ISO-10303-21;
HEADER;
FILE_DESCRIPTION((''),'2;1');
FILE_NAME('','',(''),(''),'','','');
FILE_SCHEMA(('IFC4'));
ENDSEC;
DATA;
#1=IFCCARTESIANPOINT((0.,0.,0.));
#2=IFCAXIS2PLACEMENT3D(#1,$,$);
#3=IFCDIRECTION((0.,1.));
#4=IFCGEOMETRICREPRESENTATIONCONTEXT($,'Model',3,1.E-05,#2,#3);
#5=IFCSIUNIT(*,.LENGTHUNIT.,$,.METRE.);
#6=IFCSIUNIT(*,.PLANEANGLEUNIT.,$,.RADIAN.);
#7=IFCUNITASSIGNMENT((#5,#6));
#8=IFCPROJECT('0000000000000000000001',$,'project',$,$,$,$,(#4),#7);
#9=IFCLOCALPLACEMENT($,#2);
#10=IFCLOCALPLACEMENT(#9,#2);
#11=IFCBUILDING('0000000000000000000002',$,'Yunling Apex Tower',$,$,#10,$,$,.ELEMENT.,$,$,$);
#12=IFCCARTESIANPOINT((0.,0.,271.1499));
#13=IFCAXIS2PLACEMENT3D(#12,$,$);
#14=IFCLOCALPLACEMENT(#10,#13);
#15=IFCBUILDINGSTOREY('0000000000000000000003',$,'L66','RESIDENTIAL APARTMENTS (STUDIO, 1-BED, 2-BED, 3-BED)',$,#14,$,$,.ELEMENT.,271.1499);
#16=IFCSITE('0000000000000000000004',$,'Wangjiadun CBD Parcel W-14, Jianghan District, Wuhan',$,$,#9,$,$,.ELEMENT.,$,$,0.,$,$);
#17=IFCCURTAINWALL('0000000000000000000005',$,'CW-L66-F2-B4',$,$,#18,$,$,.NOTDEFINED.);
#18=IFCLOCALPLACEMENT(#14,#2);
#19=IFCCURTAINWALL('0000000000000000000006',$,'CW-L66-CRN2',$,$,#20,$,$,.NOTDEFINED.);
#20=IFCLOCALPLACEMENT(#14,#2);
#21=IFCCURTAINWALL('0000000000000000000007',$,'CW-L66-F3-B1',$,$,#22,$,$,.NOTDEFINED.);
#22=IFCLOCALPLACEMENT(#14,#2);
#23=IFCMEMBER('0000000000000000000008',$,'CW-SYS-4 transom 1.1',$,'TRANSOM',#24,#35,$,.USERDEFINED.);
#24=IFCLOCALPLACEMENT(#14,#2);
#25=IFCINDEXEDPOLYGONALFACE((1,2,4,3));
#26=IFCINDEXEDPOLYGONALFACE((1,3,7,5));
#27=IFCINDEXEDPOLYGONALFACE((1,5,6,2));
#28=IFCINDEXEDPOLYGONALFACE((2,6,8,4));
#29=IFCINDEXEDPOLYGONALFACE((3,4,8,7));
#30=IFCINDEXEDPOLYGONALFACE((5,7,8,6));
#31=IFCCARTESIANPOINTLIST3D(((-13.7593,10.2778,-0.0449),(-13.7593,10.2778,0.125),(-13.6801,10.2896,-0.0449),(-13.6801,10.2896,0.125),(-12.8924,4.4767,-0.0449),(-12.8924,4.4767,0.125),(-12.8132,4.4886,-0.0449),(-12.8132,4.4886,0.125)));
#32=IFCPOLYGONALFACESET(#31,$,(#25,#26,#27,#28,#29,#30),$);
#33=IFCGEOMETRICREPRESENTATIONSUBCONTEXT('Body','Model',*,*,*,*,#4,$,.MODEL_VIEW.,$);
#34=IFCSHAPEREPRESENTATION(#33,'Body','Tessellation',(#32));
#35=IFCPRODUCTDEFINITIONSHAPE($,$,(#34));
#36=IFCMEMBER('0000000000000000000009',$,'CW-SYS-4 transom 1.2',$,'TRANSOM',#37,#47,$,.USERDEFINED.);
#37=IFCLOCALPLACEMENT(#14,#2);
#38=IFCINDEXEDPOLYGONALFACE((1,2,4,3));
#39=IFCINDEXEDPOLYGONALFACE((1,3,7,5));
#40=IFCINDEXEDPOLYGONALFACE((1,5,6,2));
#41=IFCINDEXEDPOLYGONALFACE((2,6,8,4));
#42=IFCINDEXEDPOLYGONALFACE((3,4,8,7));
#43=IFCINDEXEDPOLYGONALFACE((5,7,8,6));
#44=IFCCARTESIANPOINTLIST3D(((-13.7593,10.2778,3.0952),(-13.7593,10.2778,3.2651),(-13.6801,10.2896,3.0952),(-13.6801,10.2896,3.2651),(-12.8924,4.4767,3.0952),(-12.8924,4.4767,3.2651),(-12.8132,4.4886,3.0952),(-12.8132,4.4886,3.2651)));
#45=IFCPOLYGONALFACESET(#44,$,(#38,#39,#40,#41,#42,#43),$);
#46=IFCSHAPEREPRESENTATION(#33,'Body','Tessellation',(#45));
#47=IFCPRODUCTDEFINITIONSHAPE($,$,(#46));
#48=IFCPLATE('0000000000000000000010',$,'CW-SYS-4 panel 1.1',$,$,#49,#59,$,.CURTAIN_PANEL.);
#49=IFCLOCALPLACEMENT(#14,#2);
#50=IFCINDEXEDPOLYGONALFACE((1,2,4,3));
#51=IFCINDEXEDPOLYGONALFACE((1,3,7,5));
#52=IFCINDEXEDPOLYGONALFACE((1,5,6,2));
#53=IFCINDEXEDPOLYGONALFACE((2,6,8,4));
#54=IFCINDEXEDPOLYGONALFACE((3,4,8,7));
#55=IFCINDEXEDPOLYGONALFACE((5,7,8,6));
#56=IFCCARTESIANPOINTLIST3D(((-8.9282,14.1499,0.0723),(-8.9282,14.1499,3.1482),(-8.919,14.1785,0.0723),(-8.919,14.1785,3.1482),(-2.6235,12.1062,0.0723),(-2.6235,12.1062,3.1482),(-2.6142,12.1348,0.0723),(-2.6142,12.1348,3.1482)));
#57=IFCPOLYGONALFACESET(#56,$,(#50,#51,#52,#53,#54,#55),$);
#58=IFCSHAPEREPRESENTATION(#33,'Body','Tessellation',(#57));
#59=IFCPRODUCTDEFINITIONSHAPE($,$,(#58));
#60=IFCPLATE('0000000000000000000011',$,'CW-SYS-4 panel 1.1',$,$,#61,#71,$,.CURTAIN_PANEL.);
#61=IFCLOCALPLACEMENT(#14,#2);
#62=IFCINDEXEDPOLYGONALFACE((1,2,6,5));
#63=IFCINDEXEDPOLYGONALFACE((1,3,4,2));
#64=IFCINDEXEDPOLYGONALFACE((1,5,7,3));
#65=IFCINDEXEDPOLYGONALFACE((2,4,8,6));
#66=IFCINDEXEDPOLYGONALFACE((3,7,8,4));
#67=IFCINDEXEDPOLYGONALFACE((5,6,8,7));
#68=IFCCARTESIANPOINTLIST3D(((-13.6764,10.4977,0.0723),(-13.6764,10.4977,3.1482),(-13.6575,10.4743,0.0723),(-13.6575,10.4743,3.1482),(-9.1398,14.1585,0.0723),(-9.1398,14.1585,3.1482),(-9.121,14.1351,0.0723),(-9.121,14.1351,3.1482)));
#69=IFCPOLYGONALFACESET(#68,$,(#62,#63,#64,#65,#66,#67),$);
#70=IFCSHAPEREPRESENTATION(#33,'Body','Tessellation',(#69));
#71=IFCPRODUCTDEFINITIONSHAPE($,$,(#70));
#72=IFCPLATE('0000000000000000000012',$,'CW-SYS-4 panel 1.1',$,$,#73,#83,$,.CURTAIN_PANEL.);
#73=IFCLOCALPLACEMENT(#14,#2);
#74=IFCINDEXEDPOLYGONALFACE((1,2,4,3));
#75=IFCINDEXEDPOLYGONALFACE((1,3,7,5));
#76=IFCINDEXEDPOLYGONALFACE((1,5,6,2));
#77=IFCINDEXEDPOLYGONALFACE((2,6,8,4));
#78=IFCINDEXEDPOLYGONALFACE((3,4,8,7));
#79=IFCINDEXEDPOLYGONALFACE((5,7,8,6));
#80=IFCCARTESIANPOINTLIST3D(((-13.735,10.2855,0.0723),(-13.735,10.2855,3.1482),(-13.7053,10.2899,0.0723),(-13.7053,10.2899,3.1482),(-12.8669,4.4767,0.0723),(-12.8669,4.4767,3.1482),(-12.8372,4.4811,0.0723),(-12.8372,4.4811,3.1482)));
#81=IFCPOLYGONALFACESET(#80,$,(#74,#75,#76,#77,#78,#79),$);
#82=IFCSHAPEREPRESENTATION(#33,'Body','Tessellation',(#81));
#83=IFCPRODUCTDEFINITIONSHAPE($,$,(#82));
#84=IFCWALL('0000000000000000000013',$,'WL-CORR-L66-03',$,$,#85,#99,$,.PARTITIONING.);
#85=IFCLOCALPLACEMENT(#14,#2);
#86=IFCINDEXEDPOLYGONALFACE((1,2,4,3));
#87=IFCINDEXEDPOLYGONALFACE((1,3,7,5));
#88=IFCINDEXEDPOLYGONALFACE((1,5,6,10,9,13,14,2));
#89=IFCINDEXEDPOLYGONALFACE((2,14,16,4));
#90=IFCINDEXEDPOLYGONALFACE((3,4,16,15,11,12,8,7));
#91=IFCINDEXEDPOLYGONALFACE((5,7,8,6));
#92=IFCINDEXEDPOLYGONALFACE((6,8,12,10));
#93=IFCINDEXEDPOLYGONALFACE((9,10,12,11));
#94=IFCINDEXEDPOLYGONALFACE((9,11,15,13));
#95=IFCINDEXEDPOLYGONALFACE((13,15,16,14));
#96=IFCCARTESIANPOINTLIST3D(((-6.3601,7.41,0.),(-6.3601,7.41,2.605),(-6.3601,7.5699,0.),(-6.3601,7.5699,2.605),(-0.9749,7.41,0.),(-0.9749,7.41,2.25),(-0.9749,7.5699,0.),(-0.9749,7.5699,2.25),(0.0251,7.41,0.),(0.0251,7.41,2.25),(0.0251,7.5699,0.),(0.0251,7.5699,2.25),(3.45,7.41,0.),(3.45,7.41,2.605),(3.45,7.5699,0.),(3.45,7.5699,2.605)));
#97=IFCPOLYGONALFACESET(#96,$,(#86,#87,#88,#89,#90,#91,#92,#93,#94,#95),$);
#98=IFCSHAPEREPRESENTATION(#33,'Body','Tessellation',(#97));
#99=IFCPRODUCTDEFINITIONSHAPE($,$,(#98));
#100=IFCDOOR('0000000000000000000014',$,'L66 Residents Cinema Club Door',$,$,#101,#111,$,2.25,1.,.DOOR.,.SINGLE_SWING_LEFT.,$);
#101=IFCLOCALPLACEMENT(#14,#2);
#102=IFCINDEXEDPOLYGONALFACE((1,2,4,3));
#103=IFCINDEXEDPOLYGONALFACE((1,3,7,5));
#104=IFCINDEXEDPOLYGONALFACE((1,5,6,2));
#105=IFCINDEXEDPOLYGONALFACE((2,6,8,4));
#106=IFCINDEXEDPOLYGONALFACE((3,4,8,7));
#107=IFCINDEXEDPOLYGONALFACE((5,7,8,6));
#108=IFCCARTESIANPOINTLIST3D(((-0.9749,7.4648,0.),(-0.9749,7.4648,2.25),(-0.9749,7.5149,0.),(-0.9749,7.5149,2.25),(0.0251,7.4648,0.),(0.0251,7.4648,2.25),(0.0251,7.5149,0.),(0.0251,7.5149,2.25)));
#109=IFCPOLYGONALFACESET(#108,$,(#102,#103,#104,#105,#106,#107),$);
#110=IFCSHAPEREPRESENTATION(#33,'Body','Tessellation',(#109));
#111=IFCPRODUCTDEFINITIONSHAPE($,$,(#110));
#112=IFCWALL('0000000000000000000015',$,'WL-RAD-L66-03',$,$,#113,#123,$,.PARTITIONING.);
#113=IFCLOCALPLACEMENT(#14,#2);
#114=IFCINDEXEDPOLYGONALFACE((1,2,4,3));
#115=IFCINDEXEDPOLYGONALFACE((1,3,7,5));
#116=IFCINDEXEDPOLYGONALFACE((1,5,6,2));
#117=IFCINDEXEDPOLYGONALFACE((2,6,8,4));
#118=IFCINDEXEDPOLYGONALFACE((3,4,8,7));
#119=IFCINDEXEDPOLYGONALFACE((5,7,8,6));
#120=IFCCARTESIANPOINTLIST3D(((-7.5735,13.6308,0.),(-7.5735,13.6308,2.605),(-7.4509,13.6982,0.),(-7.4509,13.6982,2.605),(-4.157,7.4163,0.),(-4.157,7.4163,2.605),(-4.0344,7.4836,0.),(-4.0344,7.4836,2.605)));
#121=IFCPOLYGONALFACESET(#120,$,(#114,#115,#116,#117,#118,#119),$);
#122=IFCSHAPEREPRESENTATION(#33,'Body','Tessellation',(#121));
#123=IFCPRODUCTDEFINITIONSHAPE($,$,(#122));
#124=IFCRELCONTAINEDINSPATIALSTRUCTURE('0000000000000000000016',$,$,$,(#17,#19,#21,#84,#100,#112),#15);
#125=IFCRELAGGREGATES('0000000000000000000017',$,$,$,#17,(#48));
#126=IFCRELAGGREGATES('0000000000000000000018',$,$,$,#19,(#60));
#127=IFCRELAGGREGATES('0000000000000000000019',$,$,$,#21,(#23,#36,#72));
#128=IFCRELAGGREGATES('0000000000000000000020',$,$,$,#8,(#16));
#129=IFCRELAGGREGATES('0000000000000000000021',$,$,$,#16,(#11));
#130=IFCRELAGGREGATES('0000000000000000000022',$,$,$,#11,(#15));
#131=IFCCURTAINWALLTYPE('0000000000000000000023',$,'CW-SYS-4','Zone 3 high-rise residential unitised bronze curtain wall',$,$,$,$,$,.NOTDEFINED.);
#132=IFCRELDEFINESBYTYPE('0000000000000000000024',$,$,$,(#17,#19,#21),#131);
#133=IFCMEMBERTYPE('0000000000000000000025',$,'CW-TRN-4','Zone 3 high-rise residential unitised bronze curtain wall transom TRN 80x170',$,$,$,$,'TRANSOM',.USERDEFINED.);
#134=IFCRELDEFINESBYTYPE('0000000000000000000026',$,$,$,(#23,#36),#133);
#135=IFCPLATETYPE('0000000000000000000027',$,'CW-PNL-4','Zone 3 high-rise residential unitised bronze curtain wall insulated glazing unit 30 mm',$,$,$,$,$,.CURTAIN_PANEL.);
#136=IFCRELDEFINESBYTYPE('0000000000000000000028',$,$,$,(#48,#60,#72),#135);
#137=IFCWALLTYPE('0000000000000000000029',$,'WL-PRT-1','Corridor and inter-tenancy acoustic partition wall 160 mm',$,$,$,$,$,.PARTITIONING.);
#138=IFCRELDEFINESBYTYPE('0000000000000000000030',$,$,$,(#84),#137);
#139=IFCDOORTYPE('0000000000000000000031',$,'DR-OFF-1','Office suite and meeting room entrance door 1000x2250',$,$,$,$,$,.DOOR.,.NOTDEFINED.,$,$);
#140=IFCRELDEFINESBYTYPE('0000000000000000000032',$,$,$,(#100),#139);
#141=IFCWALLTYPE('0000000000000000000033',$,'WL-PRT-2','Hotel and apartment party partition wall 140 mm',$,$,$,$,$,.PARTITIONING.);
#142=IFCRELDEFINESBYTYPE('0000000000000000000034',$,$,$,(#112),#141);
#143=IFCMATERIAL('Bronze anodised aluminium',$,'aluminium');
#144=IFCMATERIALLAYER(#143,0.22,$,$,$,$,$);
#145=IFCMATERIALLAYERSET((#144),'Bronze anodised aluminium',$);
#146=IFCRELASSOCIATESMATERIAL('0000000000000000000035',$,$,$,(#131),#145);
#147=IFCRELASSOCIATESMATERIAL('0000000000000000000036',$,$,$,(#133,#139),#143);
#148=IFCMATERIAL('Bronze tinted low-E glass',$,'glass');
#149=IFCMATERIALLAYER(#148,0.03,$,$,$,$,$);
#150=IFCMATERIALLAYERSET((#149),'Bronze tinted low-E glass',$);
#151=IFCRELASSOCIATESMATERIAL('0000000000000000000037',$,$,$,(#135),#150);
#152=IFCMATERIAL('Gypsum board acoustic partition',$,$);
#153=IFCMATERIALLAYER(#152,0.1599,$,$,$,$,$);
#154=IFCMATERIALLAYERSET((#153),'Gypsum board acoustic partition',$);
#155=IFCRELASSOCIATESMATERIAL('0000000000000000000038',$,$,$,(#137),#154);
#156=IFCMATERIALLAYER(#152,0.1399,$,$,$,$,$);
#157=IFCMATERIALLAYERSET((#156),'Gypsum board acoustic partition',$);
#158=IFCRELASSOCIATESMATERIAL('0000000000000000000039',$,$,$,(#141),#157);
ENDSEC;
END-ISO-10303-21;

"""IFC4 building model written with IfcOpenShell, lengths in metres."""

from ifc_helpers import new_model, si_unit, direction, frame, frame_2d, origin, origin_2d, place, context, subcontext, project, spatial, rectangle, extrude, source, transform, mapped, material, layer, layer_set, material_profile, profile_set, type_object, element, fill, aggregate, save


model = new_model("IFC4")

# Units and contexts
model_context = context("Model", 3, precision=1e-05, world=origin(), true_north=direction((0.0, 1.0)))
body_context = subcontext(model_context, "Body", "Model", "MODEL_VIEW")
ifc_project = project(units=[si_unit("LENGTHUNIT", "METRE"), si_unit("PLANEANGLEUNIT", "RADIAN")], contexts=[model_context])

# Site, building, storey
site_placement = place(None, origin())
site = spatial("IfcSite", under=ifc_project, at=site_placement, Name="Wangjiadun CBD Parcel W-14, Jianghan District, Wuhan", CompositionType="ELEMENT", RefElevation=0.0)
building_placement = place(site_placement, origin())
building = spatial("IfcBuilding", under=site, at=building_placement, Name="Yunling Apex Tower", CompositionType="ELEMENT")
storey_placement = place(building_placement, frame((0.0, 0.0, 271.1499)))
storey = spatial("IfcBuildingStorey", under=building, at=storey_placement, Name="L66", Description="RESIDENTIAL APARTMENTS (STUDIO, 1-BED, 2-BED, 3-BED)", CompositionType="ELEMENT", Elevation=271.1499)

# Curtain wall
ifc_material_1 = material(Name="Bronze anodised aluminium", Category="aluminium")
ifc_layer_1 = layer(ifc_material_1, 0.22)
ifc_layer_set_1 = layer_set([ifc_layer_1], Name="Bronze anodised aluminium")
curtain_wall_type = type_object("IfcCurtainWallType", Name="CW-SYS-4", Description="Zone 3 high-rise residential unitised bronze curtain wall", PredefinedType="NOTDEFINED", material=ifc_layer_set_1)
curtain_wall_1_placement = place(storey_placement, origin())
curtain_wall_1 = element("IfcCurtainWall", 1, at=curtain_wall_1_placement, inside=storey, type_object=curtain_wall_type, Name="CW-L66-F2-B4", PredefinedType="NOTDEFINED")

# Curtain wall
curtain_wall_2_placement = place(storey_placement, origin())
curtain_wall_2 = element("IfcCurtainWall", 2, at=curtain_wall_2_placement, inside=storey, type_object=curtain_wall_type, Name="CW-L66-CRN2", PredefinedType="NOTDEFINED")

# Curtain wall
curtain_wall_3_placement = place(storey_placement, origin())
curtain_wall_3 = element("IfcCurtainWall", 3, at=curtain_wall_3_placement, inside=storey, type_object=curtain_wall_type, Name="CW-L66-F3-B1", PredefinedType="NOTDEFINED")

# Members
ifc_material_profile_1 = material_profile(ifc_material_1, rectangle(XDim=0.0801, YDim=0.1699, at=origin_2d()))
ifc_profile_set_1 = profile_set([ifc_material_profile_1], Name="Bronze anodised aluminium")
member_type_1 = type_object("IfcMemberType", Name="CW-TRN-4", Description="Zone 3 high-rise residential unitised bronze curtain wall transom TRN 80x170", ElementType="TRANSOM", PredefinedType="USERDEFINED", material=ifc_profile_set_1)
shared_shape_1 = source(origin(), body_context, "Body", "SweptSolid", [
    extrude(rectangle(XDim=0.0801, YDim=0.1699, at=origin_2d()), origin(), (0.0, 0.0, 1.0), 5.8655),
])
member_1_placement = place(storey_placement, frame((-13.7197, 10.2837, 0.04), z_axis=(0.147805, -0.989017, 0.0), x_axis=(0.989017, 0.147805, 0.0)))
member_1 = element("IfcMember", 4, at=member_1_placement, type_object=member_type_1, Name="CW-SYS-4 transom 1.1", ObjectType="TRANSOM", PredefinedType="USERDEFINED", context=body_context, shape_type="MappedRepresentation", body=[
    mapped(shared_shape_1, transform((0.0, 0.0, 0.0), scale=1.0)),
])
member_2_placement = place(storey_placement, frame((-13.7197, 10.2837, 3.1802), z_axis=(0.147805, -0.989017, 0.0), x_axis=(0.989017, 0.147805, 0.0)))
member_2 = element("IfcMember", 5, at=member_2_placement, type_object=member_type_1, Name="CW-SYS-4 transom 1.2", ObjectType="TRANSOM", PredefinedType="USERDEFINED", context=body_context, shape_type="MappedRepresentation", body=[
    mapped(shared_shape_1, transform((0.0, 0.0, 0.0), scale=1.0)),
])

# Plates
ifc_material_2 = material(Name="Bronze tinted low-E glass", Category="glass")
ifc_layer_2 = layer(ifc_material_2, 0.03)
ifc_layer_set_2 = layer_set([ifc_layer_2], Name="Bronze tinted low-E glass")
plate_type = type_object("IfcPlateType", Name="CW-PNL-4", Description="Zone 3 high-rise residential unitised bronze curtain wall insulated glazing unit 30 mm", PredefinedType="CURTAIN_PANEL", material=ifc_layer_set_2)
shared_shape_2 = source(origin(), body_context, "Body", "SweptSolid", [
    extrude(rectangle(XDim=6.6277, YDim=0.03, at=origin_2d()), origin(), (0.0, 0.0, 1.0), 3.0759),
])
plate_1_placement = place(storey_placement, frame((-5.7712, 13.1423, 0.0723), z_axis=(0.0, 0.0, 1.0), x_axis=(-0.951272, 0.308353, 0.0)))
plate_1 = element("IfcPlate", 6, at=plate_1_placement, type_object=plate_type, Name="CW-SYS-4 panel 1.1", PredefinedType="CURTAIN_PANEL", context=body_context, shape_type="MappedRepresentation", body=[
    mapped(shared_shape_2, transform((0.0, 0.0, 0.0), scale=1.0)),
])
aggregate(curtain_wall_1, [plate_1])
shared_shape_3 = source(origin(), body_context, "Body", "SweptSolid", [
    extrude(rectangle(XDim=5.8293, YDim=0.03, at=origin_2d()), origin(), (0.0, 0.0, 1.0), 3.0759),
])
plate_2_placement = place(storey_placement, frame((-11.3987, 12.3164, 0.0723), z_axis=(0.0, 0.0, 1.0), x_axis=(-0.778222, -0.627989, 0.0)))
plate_2 = element("IfcPlate", 7, at=plate_2_placement, type_object=plate_type, Name="CW-SYS-4 panel 1.1", PredefinedType="CURTAIN_PANEL", context=body_context, shape_type="MappedRepresentation", body=[
    mapped(shared_shape_3, transform((0.0, 0.0, 0.0), scale=1.0)),
])
aggregate(curtain_wall_2, [plate_2])
shared_shape_4 = source(origin(), body_context, "Body", "SweptSolid", [
    extrude(rectangle(XDim=5.8733, YDim=0.03, at=origin_2d()), origin(), (0.0, 0.0, 1.0), 3.0759),
])
plate_3_placement = place(storey_placement, frame((-13.2861, 7.3833, 0.0723), z_axis=(0.0, 0.0, 1.0), x_axis=(0.147807, -0.989016, 0.0)))
plate_3 = element("IfcPlate", 8, at=plate_3_placement, type_object=plate_type, Name="CW-SYS-4 panel 1.1", PredefinedType="CURTAIN_PANEL", context=body_context, shape_type="MappedRepresentation", body=[
    mapped(shared_shape_4, transform((0.0, 0.0, 0.0), scale=1.0)),
])
aggregate(curtain_wall_3, [member_1, member_2, plate_3])

# Shared definitions
ifc_material_3 = material(Name="Gypsum board acoustic partition")
ifc_layer_3 = layer(ifc_material_3, 0.1599)
ifc_layer_set_3 = layer_set([ifc_layer_3], Name="Gypsum board acoustic partition")
wall_type_1 = type_object("IfcWallType", Name="WL-PRT-1", Description="Corridor and inter-tenancy acoustic partition wall 160 mm", PredefinedType="PARTITIONING", material=ifc_layer_set_3)

# Wall, opening, door
wall_1_placement = place(storey_placement, frame((-6.3601, 7.49, 0.0), z_axis=(0.0, 0.0, 1.0), x_axis=(1.0, 0.0, 0.0)))
wall_1 = element("IfcWall", 9, at=wall_1_placement, inside=storey, type_object=wall_type_1, Name="WL-CORR-L66-03", PredefinedType="PARTITIONING", context=body_context, shape_type="SweptSolid", body=[
    extrude(rectangle(XDim=9.8101, YDim=0.1599, at=frame_2d((4.905, 0.0))), origin(), (0.0, 0.0, 1.0), 2.605),
])
opening_placement = place(wall_1_placement, frame((5.3853, 0.0, 0.0)))
opening = element("IfcOpeningElement", 10, at=opening_placement, cuts=wall_1, PredefinedType="OPENING", context=body_context, shape_type="SweptSolid", body=[
    extrude(rectangle(XDim=1.0, YDim=2.25, at=frame_2d((0.5, 1.125))), frame((0.0, 0.0898, 0.0), z_axis=(0.0, -1.0, 0.0), x_axis=(1.0, 0.0, 0.0)), (0.0, 0.0, 1.0), 0.1799),
])
door_type = type_object("IfcDoorType", Name="DR-OFF-1", Description="Office suite and meeting room entrance door 1000x2250", OperationType="NOTDEFINED", PredefinedType="DOOR", material=ifc_material_1)
door_placement = place(opening_placement, origin())
door = element("IfcDoor", 11, at=door_placement, inside=storey, type_object=door_type, Name="L66 Residents Cinema Club Door", OperationType="SINGLE_SWING_LEFT", OverallHeight=2.25, OverallWidth=1.0, PredefinedType="DOOR", context=body_context, shape_type="SweptSolid", body=[
    extrude(rectangle(XDim=1.0, YDim=2.25, at=frame_2d((0.5, 1.125))), frame((0.0, 0.0249, 0.0), z_axis=(0.0, -1.0, 0.0), x_axis=(1.0, 0.0, 0.0)), (0.0, 0.0, 1.0), 0.05),
])
fill(opening, door)

# Wall
ifc_layer_4 = layer(ifc_material_3, 0.1399)
ifc_layer_set_4 = layer_set([ifc_layer_4], Name="Gypsum board acoustic partition")
wall_type_2 = type_object("IfcWallType", Name="WL-PRT-2", Description="Hotel and apartment party partition wall 140 mm", PredefinedType="PARTITIONING", material=ifc_layer_set_4)
wall_2_placement = place(storey_placement, frame((-4.0957, 7.45, 0.0), z_axis=(0.0, 0.0, 1.0), x_axis=(-0.481754, 0.876307, 0.0)))
element("IfcWall", 12, at=wall_2_placement, inside=storey, type_object=wall_type_2, Name="WL-RAD-L66-03", PredefinedType="PARTITIONING", context=body_context, shape_type="SweptSolid", body=[
    extrude(rectangle(XDim=7.0918, YDim=0.1399, at=frame_2d((3.5459, 0.0))), origin(), (0.0, 0.0, 1.0), 2.605),
])

save(model, "model.ifc")
